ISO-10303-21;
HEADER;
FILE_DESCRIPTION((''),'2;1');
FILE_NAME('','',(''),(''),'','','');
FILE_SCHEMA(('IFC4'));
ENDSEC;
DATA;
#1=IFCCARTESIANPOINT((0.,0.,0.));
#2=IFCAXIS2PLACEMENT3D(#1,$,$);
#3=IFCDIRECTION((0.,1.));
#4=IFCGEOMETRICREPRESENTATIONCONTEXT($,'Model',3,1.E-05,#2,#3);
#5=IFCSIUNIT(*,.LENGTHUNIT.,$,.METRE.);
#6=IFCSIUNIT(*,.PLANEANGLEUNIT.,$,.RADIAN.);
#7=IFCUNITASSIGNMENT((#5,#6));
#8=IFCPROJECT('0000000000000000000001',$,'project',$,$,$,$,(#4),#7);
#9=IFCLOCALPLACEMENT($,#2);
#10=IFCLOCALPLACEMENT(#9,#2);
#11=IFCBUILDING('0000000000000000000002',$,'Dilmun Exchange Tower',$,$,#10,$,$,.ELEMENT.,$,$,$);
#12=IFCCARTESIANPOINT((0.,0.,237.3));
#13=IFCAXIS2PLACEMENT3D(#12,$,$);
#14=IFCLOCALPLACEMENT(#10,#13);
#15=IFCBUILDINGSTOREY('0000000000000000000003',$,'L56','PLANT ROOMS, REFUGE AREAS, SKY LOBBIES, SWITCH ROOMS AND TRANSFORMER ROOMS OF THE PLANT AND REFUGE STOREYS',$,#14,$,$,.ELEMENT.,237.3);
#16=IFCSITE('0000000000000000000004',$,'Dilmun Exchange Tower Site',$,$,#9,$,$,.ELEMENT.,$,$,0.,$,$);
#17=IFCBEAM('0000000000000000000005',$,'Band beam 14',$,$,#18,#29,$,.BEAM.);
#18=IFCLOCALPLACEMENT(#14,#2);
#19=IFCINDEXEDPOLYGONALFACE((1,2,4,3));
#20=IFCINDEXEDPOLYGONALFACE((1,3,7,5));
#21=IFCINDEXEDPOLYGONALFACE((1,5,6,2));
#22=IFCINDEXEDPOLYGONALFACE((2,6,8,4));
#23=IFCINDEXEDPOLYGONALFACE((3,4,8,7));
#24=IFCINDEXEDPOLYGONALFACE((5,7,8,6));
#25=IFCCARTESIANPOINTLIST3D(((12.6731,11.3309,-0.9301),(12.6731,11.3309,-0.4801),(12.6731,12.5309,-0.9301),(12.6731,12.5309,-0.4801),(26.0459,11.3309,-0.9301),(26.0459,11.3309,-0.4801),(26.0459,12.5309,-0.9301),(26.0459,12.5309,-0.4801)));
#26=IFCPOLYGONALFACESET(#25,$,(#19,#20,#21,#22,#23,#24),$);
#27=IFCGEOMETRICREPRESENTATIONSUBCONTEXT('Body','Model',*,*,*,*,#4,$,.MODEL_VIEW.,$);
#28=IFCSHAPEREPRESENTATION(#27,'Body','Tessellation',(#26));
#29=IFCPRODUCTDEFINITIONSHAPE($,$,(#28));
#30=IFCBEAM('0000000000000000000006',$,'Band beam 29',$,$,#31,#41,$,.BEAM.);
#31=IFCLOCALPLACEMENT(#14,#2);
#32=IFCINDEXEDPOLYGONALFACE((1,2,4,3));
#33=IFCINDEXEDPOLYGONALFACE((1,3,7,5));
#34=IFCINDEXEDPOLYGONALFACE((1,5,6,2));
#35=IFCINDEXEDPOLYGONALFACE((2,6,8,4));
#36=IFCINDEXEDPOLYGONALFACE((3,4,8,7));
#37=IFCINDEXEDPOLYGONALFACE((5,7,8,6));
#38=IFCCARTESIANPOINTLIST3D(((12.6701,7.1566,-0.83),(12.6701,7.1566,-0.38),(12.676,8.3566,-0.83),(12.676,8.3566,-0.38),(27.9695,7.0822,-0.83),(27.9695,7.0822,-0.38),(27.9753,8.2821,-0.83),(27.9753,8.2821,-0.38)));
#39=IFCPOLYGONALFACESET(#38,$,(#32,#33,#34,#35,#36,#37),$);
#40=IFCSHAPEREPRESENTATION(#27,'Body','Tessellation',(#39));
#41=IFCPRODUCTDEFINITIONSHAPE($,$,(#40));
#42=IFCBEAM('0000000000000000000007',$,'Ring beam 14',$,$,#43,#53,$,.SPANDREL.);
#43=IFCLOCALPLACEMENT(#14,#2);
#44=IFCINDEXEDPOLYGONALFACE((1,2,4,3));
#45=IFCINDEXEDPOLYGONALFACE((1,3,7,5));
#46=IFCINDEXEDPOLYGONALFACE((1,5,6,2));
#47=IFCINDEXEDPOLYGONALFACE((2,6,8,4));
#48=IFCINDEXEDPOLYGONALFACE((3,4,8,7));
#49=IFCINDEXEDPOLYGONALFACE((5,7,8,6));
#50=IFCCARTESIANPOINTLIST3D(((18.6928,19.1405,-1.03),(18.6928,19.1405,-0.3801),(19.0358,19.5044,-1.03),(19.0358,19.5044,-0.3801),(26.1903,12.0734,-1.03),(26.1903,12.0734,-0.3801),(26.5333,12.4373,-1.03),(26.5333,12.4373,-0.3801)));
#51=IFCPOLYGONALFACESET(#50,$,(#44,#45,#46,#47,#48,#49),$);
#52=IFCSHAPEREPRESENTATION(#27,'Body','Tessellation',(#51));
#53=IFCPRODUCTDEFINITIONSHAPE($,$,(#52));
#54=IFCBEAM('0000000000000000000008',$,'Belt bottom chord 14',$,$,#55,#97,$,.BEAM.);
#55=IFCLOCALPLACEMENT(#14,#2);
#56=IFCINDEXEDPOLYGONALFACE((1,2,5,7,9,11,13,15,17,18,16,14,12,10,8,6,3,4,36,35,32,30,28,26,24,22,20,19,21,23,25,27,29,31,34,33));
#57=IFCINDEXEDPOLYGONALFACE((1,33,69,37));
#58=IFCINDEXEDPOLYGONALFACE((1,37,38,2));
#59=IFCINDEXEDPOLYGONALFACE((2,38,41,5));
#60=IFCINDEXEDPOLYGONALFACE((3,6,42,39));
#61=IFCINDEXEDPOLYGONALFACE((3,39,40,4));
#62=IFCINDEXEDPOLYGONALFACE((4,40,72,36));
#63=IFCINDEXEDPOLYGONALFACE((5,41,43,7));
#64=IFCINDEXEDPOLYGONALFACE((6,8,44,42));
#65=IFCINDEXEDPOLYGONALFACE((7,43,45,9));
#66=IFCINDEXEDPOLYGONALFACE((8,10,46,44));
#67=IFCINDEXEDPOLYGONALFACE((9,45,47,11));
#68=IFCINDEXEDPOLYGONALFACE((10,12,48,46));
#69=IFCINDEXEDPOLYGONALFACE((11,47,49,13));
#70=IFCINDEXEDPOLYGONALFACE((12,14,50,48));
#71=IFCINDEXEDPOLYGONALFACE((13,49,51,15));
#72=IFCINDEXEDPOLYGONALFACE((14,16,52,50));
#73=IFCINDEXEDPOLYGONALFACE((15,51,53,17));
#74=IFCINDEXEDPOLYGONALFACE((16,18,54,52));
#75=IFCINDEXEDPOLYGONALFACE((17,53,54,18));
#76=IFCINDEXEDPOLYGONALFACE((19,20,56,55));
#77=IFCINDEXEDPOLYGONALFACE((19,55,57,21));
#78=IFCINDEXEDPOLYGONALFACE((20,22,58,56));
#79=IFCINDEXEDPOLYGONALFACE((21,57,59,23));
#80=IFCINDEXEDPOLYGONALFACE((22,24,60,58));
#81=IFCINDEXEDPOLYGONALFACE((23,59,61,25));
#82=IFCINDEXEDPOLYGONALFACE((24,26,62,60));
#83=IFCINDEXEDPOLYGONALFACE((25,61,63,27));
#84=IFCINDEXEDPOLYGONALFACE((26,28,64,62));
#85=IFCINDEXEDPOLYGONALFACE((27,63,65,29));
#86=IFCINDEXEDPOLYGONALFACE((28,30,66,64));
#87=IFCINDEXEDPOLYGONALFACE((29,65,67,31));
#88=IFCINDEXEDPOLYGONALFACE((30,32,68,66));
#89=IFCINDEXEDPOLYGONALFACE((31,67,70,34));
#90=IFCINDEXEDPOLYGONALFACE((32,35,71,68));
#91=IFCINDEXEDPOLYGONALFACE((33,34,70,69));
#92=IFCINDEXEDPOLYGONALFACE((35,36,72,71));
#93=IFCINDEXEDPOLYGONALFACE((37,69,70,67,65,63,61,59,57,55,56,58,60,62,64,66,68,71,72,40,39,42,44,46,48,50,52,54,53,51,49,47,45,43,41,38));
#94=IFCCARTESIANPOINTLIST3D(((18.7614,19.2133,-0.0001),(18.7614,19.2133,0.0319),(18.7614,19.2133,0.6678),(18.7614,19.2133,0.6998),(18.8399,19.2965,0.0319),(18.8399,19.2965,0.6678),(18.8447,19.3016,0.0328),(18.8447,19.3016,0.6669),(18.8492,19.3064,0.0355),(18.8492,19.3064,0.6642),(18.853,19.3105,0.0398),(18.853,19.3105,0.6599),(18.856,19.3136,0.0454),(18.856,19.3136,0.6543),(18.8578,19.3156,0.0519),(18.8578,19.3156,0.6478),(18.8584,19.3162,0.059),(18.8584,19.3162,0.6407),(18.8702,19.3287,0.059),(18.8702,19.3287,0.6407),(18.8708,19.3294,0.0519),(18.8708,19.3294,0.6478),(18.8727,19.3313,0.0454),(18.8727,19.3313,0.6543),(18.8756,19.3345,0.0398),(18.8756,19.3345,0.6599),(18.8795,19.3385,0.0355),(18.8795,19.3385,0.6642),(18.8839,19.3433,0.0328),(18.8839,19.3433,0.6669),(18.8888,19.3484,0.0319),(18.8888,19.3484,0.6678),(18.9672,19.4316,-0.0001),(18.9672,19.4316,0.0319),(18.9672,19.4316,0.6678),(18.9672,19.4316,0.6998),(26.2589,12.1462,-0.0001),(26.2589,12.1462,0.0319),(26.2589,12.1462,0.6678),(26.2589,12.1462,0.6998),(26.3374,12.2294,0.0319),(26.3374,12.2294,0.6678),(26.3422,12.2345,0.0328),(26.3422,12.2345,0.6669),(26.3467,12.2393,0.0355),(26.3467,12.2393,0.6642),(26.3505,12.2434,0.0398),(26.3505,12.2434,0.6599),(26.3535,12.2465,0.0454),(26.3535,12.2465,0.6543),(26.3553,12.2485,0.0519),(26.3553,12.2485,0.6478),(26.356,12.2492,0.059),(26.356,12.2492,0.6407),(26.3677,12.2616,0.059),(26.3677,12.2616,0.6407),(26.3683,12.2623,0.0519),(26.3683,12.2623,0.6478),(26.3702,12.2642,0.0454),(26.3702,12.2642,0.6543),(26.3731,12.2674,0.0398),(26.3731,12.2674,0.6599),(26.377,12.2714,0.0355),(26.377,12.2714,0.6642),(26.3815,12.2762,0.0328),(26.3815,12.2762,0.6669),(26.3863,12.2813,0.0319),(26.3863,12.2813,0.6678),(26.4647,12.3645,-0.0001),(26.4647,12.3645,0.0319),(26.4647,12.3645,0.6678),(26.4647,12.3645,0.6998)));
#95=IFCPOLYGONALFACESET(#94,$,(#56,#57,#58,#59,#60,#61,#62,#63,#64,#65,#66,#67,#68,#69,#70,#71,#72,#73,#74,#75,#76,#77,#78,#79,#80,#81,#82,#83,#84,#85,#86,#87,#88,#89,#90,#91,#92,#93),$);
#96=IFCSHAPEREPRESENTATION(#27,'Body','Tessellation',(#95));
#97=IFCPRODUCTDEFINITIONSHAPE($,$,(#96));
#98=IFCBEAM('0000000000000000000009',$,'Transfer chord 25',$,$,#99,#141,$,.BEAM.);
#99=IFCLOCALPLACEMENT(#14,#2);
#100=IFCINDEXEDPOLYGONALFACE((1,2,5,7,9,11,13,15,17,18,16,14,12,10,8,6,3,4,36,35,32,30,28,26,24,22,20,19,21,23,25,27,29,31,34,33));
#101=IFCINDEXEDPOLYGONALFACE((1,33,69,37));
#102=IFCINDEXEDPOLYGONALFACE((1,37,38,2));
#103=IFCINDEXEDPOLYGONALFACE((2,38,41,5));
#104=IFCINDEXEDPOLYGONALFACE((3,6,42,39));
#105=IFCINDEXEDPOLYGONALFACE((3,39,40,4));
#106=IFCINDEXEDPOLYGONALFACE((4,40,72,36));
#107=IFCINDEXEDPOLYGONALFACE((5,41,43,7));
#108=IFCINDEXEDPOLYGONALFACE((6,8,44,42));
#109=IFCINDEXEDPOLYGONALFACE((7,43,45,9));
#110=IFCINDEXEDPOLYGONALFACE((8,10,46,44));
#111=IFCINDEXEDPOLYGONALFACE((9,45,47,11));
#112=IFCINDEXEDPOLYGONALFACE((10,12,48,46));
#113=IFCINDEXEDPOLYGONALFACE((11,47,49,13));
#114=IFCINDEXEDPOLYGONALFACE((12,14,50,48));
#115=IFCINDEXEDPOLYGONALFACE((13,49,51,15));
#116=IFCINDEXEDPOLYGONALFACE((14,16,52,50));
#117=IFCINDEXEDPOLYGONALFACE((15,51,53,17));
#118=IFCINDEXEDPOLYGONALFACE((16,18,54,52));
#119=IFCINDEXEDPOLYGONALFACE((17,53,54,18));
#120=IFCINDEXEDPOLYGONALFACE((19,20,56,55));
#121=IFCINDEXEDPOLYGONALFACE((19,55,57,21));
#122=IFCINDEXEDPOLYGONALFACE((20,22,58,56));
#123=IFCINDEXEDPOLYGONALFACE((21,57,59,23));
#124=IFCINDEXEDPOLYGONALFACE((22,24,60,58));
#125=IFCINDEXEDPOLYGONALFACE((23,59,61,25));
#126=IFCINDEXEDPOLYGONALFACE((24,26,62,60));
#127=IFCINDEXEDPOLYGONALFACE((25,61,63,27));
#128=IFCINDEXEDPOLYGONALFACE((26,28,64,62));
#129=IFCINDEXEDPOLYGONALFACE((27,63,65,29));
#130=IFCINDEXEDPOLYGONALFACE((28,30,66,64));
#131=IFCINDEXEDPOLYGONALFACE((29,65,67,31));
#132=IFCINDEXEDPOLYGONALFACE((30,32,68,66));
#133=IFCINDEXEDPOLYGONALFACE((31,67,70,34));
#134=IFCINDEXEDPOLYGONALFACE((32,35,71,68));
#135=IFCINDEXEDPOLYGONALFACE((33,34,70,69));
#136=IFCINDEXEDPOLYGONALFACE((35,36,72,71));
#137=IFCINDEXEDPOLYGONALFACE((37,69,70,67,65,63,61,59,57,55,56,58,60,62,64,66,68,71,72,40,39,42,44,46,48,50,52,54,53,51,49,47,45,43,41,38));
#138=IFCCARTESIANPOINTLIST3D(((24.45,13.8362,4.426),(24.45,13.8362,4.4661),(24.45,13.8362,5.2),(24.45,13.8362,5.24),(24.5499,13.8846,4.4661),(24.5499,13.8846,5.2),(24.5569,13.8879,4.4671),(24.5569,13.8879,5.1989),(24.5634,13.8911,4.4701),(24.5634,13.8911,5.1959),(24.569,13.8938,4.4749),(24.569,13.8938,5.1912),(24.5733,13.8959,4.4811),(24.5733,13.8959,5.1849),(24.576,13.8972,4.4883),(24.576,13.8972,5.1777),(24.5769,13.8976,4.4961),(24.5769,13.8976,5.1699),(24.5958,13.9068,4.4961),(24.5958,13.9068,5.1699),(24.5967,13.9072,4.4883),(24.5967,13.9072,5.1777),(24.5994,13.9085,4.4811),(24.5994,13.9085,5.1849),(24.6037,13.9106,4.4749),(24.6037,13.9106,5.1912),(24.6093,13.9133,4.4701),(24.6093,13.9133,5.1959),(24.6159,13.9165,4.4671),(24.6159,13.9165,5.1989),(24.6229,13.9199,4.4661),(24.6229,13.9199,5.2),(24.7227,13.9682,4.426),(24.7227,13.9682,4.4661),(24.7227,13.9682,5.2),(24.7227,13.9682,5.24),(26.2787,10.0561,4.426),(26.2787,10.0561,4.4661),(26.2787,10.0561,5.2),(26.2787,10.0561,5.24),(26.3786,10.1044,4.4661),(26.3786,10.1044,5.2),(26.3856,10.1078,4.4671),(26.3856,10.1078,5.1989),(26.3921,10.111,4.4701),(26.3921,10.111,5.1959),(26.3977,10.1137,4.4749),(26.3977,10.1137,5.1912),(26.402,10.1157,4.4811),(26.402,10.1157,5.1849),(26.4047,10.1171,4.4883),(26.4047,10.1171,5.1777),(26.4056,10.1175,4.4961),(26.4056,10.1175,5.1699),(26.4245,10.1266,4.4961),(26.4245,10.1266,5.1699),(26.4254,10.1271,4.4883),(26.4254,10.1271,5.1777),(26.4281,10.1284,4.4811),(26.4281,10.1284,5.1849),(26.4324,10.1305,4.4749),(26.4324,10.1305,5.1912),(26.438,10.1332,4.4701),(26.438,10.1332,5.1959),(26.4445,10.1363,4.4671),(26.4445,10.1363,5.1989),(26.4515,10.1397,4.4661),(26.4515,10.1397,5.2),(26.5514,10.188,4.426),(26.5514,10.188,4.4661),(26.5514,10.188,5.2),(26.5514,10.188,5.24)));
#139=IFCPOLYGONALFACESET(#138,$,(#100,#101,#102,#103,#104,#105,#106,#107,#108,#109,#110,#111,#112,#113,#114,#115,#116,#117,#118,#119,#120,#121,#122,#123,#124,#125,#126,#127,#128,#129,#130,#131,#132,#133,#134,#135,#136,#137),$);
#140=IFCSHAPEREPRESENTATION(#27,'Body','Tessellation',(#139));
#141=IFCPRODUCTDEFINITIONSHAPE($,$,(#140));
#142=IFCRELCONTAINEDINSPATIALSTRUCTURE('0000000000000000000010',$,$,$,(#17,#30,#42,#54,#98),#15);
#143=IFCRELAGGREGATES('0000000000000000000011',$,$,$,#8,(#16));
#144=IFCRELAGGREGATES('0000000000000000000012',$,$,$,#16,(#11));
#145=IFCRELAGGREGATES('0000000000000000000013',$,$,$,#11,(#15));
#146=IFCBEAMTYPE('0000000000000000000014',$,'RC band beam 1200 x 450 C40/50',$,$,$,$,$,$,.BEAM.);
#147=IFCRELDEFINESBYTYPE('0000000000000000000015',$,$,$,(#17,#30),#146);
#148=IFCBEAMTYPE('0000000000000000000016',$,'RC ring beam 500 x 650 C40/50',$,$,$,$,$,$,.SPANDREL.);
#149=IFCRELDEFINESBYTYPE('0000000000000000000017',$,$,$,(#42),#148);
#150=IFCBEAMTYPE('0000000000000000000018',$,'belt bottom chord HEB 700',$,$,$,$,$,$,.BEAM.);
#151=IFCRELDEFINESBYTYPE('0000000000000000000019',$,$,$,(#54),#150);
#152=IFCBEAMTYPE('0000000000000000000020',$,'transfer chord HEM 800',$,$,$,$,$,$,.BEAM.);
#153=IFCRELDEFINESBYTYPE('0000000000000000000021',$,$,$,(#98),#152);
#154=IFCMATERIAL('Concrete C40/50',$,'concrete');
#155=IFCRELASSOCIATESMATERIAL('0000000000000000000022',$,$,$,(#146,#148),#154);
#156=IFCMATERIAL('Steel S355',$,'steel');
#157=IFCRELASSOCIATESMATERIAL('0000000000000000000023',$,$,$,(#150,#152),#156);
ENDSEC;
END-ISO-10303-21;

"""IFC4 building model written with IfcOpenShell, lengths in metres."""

from ifc_helpers import new_model, si_unit, direction, frame, origin, origin_2d, place, context, subcontext, project, spatial, rectangle, i_section, extrude, material, material_profile, profile_set, type_object, element, save


model = new_model("IFC4")

# Units and contexts
model_context = context("Model", 3, precision=1e-05, world=origin(), true_north=direction((0.0, 1.0)))
body_context = subcontext(model_context, "Body", "Model", "MODEL_VIEW")
ifc_project = project(units=[si_unit("LENGTHUNIT", "METRE"), si_unit("PLANEANGLEUNIT", "RADIAN")], contexts=[model_context])

# Site, building, storey
site_placement = place(None, origin())
site = spatial("IfcSite", under=ifc_project, at=site_placement, Name="Dilmun Exchange Tower Site", CompositionType="ELEMENT", RefElevation=0.0)
building_placement = place(site_placement, origin())
building = spatial("IfcBuilding", under=site, at=building_placement, Name="Dilmun Exchange Tower", CompositionType="ELEMENT")
storey_placement = place(building_placement, frame((0.0, 0.0, 237.3)))
storey = spatial("IfcBuildingStorey", under=building, at=storey_placement, Name="L56", Description="PLANT ROOMS, REFUGE AREAS, SKY LOBBIES, SWITCH ROOMS AND TRANSFORMER ROOMS OF THE PLANT AND REFUGE STOREYS", CompositionType="ELEMENT", Elevation=237.3)

# Beams
ifc_material_1 = material(Name="Concrete C40/50", Category="concrete")
ifc_material_profile_1 = material_profile(ifc_material_1, rectangle(XDim=1.2, YDim=0.45, at=origin_2d()), Name="1200 x 450")
ifc_profile_set_1 = profile_set([ifc_material_profile_1], Name="Concrete C40/50")
beam_type_1 = type_object("IfcBeamType", Name="RC band beam 1200 x 450 C40/50", PredefinedType="BEAM", material=ifc_profile_set_1)
beam_1_placement = place(storey_placement, frame((26.0459, 11.9309, -0.7051), z_axis=(-1.0, 0.0, 0.0), x_axis=(0.0, -1.0, 0.0)))
element("IfcBeam", 1, at=beam_1_placement, inside=storey, type_object=beam_type_1, Name="Band beam 14", PredefinedType="BEAM", context=body_context, shape_type="SweptSolid", body=[
    extrude(rectangle(XDim=1.2, YDim=0.45, at=origin_2d()), origin(), (0.0, 0.0, 1.0), 13.3728),
])
beam_2_placement = place(storey_placement, frame((27.9724, 7.6821, -0.605), z_axis=(-0.999988, 0.004867, 0.0), x_axis=(-0.004867, -0.999988, 0.0)))
element("IfcBeam", 2, at=beam_2_placement, inside=storey, type_object=beam_type_1, Name="Band beam 29", PredefinedType="BEAM", context=body_context, shape_type="SweptSolid", body=[
    extrude(rectangle(XDim=1.2, YDim=0.45, at=origin_2d()), origin(), (0.0, 0.0, 1.0), 15.2996),
])
ifc_material_profile_2 = material_profile(ifc_material_1, rectangle(XDim=0.5, YDim=0.6499, at=origin_2d()), Name="500 x 650")
ifc_profile_set_2 = profile_set([ifc_material_profile_2], Name="Concrete C40/50")
beam_type_2 = type_object("IfcBeamType", Name="RC ring beam 500 x 650 C40/50", PredefinedType="SPANDREL", material=ifc_profile_set_2)
beam_3_placement = place(storey_placement, frame((26.3618, 12.2554, -0.7051), z_axis=(-0.727686, 0.685911, 0.0), x_axis=(-0.685911, -0.727686, 0.0)))
element("IfcBeam", 3, at=beam_3_placement, inside=storey, type_object=beam_type_2, Name="Ring beam 14", PredefinedType="SPANDREL", context=body_context, shape_type="SweptSolid", body=[
    extrude(rectangle(XDim=0.5, YDim=0.6499, at=origin_2d()), origin(), (0.0, 0.0, 1.0), 10.3032),
])
ifc_material_2 = material(Name="Steel S355", Category="steel")
ifc_material_profile_3 = material_profile(ifc_material_2, i_section(OverallWidth=0.3, OverallDepth=0.7, WebThickness=0.0171, FlangeThickness=0.032, FilletRadius=0.0271, at=origin_2d()), Name="HEB 700")
ifc_profile_set_3 = profile_set([ifc_material_profile_3], Name="Steel S355")
beam_type_3 = type_object("IfcBeamType", Name="belt bottom chord HEB 700", PredefinedType="BEAM", material=ifc_profile_set_3)
beam_4_placement = place(storey_placement, frame((26.3618, 12.2554, 0.3499), z_axis=(-0.727686, 0.685911, 0.0), x_axis=(-0.685911, -0.727686, 0.0)))
element("IfcBeam", 4, at=beam_4_placement, inside=storey, type_object=beam_type_3, Name="Belt bottom chord 14", PredefinedType="BEAM", context=body_context, shape_type="SweptSolid", body=[
    extrude(i_section(OverallWidth=0.3, OverallDepth=0.7, WebThickness=0.0171, FlangeThickness=0.032, FilletRadius=0.0271, at=origin_2d()), origin(), (0.0, 0.0, 1.0), 10.3032),
])
ifc_material_profile_4 = material_profile(ifc_material_2, i_section(OverallWidth=0.303, OverallDepth=0.814, WebThickness=0.021, FlangeThickness=0.04, FilletRadius=0.03, at=origin_2d()), Name="HEM 800")
ifc_profile_set_4 = profile_set([ifc_material_profile_4], Name="Steel S355")
beam_type_4 = type_object("IfcBeamType", Name="transfer chord HEM 800", PredefinedType="BEAM", material=ifc_profile_set_4)
beam_5_placement = place(storey_placement, frame((26.415, 10.1221, 4.833), z_axis=(-0.435477, 0.9002, 0.0), x_axis=(-0.9002, -0.435477, 0.0)))
element("IfcBeam", 5, at=beam_5_placement, inside=storey, type_object=beam_type_4, Name="Transfer chord 25", PredefinedType="BEAM", context=body_context, shape_type="SweptSolid", body=[
    extrude(i_section(OverallWidth=0.303, OverallDepth=0.814, WebThickness=0.021, FlangeThickness=0.04, FilletRadius=0.03, at=origin_2d()), origin(), (0.0, 0.0, 1.0), 4.1992),
])

save(model, "model.ifc")
